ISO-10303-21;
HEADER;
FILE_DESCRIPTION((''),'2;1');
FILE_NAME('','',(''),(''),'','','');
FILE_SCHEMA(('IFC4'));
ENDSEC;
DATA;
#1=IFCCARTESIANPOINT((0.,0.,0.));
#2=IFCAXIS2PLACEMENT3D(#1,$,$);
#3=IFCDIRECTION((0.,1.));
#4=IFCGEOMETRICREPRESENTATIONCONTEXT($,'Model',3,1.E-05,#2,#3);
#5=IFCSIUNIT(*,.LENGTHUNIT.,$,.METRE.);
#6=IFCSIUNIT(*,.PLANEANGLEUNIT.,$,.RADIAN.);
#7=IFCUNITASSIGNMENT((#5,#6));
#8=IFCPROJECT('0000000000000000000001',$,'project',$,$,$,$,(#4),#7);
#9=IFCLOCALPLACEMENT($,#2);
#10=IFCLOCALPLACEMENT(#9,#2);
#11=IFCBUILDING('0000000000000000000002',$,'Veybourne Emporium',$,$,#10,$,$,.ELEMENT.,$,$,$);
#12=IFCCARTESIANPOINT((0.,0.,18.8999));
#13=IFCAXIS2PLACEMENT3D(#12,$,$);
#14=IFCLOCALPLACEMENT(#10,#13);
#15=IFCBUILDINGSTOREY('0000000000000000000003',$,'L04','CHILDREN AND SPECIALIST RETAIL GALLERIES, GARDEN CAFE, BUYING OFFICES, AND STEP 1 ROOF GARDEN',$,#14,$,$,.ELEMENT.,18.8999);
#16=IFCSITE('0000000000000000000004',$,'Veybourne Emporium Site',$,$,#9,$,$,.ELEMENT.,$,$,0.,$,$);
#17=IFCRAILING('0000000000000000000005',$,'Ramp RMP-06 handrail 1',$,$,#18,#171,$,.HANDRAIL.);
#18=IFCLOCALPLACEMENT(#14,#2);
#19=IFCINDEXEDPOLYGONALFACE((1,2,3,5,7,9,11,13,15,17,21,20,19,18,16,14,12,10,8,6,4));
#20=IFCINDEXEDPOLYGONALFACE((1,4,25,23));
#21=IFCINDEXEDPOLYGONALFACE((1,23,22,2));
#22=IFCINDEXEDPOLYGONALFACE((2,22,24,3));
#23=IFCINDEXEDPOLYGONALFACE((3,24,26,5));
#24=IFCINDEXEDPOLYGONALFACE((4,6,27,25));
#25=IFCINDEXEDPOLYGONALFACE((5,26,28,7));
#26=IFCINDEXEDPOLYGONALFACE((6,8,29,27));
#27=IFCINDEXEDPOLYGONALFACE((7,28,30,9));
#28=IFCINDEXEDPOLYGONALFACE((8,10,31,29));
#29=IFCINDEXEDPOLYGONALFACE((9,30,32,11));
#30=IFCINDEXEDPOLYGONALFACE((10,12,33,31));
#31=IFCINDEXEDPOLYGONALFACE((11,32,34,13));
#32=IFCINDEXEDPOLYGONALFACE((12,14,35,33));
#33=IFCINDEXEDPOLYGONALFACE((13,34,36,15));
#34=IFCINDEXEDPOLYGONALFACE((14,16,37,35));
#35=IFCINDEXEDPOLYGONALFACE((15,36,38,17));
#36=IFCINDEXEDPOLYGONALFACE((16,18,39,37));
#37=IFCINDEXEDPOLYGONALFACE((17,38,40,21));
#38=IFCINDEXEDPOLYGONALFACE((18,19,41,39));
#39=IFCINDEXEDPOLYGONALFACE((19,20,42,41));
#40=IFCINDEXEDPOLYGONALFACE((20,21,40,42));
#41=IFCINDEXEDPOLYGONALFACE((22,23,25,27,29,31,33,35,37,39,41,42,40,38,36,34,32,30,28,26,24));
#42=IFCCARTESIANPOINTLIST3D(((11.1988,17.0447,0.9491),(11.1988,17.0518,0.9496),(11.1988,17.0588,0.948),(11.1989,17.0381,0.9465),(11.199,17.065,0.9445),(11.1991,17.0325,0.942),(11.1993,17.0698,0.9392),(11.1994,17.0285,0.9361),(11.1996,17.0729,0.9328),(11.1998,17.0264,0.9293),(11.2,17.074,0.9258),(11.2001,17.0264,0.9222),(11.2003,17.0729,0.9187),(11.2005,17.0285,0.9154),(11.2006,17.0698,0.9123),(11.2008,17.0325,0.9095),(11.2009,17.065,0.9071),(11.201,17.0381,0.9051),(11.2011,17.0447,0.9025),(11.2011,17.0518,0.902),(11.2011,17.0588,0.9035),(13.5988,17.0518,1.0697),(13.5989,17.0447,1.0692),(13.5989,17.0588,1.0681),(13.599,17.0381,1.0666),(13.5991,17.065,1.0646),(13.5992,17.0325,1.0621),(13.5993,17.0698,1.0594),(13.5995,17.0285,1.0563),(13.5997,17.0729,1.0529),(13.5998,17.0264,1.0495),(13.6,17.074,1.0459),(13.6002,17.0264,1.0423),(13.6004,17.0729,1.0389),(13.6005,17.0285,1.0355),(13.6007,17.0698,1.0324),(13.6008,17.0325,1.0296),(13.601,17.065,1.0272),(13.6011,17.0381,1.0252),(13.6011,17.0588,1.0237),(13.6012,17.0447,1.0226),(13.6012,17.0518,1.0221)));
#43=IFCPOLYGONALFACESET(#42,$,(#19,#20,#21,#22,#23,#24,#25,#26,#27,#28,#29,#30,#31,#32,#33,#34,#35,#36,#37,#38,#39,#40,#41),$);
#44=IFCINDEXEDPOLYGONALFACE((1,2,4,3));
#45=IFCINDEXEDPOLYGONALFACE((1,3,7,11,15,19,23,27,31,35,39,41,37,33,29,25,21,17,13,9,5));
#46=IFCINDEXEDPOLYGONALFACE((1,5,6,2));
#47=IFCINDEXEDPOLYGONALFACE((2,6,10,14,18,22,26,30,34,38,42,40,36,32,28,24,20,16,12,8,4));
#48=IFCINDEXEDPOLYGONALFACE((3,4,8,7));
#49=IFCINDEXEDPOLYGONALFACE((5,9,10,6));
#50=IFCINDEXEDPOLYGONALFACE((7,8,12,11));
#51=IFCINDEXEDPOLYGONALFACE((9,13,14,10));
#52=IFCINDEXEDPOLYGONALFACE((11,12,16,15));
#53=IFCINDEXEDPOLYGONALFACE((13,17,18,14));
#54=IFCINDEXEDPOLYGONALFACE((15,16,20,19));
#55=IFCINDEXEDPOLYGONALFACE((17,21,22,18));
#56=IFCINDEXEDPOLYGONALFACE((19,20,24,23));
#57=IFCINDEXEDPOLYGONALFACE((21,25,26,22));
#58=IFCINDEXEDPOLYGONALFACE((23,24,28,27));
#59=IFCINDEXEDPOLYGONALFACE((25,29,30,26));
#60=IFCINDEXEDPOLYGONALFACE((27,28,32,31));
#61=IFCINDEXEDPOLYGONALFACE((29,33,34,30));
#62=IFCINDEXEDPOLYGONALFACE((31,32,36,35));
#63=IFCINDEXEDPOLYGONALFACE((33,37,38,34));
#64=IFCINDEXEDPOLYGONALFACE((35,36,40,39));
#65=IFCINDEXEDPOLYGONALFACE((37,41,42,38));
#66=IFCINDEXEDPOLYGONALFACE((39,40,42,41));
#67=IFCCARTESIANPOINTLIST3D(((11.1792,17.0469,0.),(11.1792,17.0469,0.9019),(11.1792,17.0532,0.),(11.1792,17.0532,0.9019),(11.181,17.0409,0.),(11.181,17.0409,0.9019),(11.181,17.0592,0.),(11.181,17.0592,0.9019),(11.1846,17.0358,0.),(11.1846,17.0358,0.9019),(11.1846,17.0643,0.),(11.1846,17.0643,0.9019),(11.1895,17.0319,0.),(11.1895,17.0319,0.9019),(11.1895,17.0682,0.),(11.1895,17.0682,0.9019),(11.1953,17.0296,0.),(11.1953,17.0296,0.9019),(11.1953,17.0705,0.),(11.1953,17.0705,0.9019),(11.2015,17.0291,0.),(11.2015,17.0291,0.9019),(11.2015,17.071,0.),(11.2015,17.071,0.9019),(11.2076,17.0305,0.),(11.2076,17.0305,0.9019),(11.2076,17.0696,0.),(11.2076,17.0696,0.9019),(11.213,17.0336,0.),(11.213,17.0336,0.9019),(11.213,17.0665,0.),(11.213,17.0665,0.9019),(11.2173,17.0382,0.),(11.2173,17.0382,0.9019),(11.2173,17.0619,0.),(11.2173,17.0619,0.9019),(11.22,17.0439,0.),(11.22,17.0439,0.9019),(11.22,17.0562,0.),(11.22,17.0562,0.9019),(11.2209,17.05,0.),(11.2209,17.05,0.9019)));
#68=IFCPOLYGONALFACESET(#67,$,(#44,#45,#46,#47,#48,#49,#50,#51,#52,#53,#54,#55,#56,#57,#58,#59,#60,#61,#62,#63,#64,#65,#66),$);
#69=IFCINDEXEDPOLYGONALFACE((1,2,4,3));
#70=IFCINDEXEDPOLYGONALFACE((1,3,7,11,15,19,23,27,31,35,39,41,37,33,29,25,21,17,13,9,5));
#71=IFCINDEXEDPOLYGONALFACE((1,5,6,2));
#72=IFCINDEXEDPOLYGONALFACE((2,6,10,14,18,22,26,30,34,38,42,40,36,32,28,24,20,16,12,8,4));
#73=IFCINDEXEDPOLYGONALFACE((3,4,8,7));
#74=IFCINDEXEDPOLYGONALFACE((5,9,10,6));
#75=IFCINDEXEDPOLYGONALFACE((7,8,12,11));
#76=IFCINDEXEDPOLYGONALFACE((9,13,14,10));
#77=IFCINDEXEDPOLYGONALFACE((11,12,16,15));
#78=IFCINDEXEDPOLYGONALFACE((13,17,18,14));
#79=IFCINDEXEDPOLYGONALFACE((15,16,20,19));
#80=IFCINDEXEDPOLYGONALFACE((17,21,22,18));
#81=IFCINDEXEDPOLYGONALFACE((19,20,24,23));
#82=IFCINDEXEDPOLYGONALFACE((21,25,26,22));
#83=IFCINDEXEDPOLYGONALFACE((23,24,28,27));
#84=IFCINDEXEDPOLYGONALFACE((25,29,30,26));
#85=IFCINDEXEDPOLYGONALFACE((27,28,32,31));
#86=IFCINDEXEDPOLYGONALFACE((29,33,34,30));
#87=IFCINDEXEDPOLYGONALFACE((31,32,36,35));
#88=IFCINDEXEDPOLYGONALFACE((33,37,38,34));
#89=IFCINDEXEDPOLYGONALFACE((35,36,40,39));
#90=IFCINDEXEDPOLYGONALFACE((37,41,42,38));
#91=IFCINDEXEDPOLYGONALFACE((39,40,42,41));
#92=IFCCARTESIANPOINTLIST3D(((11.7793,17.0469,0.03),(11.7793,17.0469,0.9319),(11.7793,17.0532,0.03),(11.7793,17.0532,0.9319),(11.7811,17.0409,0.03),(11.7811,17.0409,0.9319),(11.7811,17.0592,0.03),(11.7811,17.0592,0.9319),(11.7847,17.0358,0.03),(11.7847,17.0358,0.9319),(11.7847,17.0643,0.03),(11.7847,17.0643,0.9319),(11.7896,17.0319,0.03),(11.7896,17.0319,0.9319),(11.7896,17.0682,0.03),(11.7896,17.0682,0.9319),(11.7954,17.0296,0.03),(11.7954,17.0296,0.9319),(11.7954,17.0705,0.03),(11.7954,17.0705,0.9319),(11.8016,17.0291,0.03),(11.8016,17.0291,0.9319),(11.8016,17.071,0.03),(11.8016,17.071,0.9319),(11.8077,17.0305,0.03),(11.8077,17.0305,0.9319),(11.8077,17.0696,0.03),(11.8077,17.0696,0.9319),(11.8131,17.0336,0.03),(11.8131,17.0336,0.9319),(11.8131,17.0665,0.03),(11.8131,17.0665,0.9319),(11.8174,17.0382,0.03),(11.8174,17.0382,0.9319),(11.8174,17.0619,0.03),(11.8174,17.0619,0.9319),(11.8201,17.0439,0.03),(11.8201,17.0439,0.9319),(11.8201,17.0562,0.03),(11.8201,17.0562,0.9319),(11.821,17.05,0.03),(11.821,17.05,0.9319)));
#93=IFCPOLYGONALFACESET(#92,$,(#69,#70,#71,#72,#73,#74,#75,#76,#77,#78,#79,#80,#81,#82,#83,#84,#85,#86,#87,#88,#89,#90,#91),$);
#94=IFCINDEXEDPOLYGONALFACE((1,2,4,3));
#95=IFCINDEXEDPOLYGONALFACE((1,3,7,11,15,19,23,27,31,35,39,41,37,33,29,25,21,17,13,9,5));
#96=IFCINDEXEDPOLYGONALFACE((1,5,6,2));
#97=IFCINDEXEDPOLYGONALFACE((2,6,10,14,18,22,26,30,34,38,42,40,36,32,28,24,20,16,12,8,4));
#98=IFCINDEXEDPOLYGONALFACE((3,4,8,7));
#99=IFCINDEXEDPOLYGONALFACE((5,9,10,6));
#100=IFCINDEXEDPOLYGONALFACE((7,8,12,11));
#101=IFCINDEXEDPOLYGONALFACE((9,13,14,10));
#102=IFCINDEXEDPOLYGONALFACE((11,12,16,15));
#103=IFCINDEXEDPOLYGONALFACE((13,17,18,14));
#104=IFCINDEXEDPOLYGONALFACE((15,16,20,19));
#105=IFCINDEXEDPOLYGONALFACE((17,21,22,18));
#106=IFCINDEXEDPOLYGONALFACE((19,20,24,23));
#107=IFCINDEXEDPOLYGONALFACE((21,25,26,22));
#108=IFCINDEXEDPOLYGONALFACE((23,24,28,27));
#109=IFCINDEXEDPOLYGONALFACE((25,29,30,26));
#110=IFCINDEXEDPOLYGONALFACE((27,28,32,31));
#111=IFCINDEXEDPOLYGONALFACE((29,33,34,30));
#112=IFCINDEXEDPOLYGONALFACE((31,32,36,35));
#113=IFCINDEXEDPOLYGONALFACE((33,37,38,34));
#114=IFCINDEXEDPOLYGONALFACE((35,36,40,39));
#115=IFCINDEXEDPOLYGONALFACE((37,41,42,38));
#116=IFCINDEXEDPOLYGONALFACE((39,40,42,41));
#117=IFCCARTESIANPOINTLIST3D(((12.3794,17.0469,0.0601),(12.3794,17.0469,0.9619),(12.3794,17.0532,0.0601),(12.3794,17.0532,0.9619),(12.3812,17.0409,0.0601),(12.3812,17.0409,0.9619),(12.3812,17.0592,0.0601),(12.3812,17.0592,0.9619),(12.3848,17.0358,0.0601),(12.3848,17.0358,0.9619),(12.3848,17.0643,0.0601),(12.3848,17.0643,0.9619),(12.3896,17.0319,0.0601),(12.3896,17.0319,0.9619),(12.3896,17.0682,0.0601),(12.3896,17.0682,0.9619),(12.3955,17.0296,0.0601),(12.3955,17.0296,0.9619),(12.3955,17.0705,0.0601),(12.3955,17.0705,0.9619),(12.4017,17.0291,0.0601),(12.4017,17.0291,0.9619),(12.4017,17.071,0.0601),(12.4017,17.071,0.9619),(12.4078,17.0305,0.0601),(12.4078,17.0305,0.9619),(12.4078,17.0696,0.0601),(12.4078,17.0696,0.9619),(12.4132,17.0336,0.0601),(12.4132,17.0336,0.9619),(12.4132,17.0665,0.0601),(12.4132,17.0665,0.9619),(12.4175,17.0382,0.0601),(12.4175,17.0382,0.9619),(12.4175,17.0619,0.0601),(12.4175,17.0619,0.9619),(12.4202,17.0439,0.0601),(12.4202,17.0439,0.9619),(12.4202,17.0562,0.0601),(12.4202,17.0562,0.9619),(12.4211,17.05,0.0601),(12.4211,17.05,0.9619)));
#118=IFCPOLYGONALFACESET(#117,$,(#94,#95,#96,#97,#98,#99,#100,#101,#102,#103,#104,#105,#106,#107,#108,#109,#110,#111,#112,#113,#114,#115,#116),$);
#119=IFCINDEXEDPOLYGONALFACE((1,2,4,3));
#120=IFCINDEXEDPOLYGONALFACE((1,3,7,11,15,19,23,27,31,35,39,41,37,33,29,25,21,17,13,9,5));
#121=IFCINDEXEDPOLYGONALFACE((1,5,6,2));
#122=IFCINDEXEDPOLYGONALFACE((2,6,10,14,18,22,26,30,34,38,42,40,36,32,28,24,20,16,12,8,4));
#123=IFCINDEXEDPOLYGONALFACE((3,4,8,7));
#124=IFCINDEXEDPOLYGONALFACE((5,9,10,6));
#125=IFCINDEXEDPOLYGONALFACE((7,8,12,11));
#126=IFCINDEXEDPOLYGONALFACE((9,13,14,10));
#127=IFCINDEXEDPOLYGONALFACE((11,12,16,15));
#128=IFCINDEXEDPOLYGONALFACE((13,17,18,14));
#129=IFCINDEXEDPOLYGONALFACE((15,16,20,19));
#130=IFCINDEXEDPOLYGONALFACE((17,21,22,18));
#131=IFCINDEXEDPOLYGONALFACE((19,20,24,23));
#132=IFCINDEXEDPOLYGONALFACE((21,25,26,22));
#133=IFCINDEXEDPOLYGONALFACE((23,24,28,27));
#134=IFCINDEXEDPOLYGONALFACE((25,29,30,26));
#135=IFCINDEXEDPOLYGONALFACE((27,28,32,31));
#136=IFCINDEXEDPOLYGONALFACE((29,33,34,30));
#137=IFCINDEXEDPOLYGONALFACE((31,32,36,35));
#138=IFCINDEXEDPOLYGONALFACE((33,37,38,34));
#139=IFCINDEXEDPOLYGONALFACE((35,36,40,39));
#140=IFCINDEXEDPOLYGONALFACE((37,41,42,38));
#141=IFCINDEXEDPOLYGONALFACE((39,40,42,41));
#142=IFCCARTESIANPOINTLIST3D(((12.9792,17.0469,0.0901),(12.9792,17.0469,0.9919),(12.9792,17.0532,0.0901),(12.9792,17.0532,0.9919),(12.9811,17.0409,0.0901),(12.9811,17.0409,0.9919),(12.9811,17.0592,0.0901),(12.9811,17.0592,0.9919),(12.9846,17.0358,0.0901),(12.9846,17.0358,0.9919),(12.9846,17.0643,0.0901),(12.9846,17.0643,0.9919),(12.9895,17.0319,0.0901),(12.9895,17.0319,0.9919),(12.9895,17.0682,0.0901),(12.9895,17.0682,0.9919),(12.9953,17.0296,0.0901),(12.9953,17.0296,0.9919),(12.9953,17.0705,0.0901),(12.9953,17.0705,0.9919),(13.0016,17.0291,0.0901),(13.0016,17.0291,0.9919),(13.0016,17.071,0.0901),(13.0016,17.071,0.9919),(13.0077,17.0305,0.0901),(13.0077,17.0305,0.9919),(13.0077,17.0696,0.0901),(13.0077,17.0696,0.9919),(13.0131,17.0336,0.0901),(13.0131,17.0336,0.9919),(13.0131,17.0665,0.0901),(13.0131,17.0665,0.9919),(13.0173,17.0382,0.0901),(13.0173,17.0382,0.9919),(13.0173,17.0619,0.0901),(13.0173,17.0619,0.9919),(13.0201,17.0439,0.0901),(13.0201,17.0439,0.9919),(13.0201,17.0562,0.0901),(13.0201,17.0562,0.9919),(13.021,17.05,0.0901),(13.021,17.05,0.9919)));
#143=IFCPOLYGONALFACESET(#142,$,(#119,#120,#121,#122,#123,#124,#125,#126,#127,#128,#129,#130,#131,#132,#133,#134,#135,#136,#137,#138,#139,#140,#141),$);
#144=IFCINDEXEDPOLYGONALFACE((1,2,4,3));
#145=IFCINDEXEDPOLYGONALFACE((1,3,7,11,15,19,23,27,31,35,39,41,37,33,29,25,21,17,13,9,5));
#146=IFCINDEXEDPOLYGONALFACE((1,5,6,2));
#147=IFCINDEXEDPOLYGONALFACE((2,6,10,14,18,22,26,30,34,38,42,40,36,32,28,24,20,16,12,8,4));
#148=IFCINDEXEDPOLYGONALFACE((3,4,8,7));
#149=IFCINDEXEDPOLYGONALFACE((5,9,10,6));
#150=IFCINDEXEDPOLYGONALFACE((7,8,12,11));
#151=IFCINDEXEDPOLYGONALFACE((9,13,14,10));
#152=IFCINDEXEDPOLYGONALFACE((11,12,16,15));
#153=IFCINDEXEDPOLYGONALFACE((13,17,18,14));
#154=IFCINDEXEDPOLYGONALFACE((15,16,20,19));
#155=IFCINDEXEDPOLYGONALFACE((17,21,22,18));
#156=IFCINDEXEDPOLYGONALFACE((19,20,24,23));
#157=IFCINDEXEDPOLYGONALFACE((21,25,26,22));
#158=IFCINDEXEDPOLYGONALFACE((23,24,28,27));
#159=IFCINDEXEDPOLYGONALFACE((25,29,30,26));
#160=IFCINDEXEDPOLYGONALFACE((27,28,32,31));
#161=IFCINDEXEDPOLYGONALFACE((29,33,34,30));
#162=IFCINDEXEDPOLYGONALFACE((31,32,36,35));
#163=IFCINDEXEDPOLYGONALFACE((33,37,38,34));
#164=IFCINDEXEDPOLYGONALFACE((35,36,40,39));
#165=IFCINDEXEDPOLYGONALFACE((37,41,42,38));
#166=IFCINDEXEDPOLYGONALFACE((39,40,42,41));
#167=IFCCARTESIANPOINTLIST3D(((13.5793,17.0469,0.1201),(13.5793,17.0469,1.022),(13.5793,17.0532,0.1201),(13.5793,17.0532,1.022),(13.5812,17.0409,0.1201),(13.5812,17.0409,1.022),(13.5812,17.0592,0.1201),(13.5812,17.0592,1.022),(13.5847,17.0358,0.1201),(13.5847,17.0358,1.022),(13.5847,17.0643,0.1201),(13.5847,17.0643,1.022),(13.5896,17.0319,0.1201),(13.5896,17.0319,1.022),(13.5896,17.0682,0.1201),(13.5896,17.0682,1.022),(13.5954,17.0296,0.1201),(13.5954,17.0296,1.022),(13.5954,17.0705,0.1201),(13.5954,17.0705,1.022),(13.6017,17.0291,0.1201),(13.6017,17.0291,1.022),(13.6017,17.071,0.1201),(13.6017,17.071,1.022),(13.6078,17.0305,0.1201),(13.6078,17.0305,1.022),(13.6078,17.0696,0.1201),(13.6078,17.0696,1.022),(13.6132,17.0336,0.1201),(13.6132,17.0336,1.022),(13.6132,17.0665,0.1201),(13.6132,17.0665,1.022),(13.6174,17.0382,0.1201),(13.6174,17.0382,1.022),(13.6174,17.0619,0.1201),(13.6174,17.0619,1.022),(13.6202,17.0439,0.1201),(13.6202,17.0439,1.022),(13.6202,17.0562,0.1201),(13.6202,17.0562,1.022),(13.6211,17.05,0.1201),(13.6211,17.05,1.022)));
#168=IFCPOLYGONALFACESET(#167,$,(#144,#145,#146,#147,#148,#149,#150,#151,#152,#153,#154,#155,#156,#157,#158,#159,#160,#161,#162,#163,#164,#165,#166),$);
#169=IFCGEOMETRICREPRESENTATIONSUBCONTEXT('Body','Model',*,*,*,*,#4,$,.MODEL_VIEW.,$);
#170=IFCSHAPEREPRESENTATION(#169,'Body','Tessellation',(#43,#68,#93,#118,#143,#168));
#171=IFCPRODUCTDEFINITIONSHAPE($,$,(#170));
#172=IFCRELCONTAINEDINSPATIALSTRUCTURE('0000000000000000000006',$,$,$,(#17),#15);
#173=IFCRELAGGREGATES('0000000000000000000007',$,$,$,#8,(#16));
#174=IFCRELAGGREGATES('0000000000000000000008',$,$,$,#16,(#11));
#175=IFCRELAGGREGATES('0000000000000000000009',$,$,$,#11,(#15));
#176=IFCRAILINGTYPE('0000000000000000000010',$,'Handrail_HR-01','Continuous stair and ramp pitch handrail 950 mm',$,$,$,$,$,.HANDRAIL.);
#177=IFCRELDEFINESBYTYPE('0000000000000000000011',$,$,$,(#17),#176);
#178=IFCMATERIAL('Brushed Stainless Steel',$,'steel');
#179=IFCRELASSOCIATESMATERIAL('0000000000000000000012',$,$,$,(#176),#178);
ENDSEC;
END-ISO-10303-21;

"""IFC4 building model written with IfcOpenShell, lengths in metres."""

from ifc_helpers import new_model, si_unit, direction, frame, origin, origin_2d, place, context, subcontext, project, spatial, circle, extrude, material, type_object, element, save


model = new_model("IFC4")

# Units and contexts
model_context = context("Model", 3, precision=1e-05, world=origin(), true_north=direction((0.0, 1.0)))
body_context = subcontext(model_context, "Body", "Model", "MODEL_VIEW")
ifc_project = project(units=[si_unit("LENGTHUNIT", "METRE"), si_unit("PLANEANGLEUNIT", "RADIAN")], contexts=[model_context])

# Site, building, storey
site_placement = place(None, origin())
site = spatial("IfcSite", under=ifc_project, at=site_placement, Name="Veybourne Emporium Site", CompositionType="ELEMENT", RefElevation=0.0)
building_placement = place(site_placement, origin())
building = spatial("IfcBuilding", under=site, at=building_placement, Name="Veybourne Emporium", CompositionType="ELEMENT")
storey_placement = place(building_placement, frame((0.0, 0.0, 18.8999)))
storey = spatial("IfcBuildingStorey", under=building, at=storey_placement, Name="L04", Description="CHILDREN AND SPECIALIST RETAIL GALLERIES, GARDEN CAFE, BUYING OFFICES, AND STEP 1 ROOF GARDEN", CompositionType="ELEMENT", Elevation=18.8999)

# Railing
ifc_material_1 = material(Name="Brushed Stainless Steel", Category="steel")
railing_type_1 = type_object("IfcRailingType", Name="Handrail_HR-01", Description="Continuous stair and ramp pitch handrail 950 mm", PredefinedType="HANDRAIL", material=ifc_material_1)
for number, where, name in (
    (1, (11.2, 17.05, 0.0), "Ramp RMP-06 handrail 1"),
):
    element("IfcRailing", number, at=place(storey_placement, frame(where)), inside=storey, type_object=railing_type_1, Name=name, PredefinedType="HANDRAIL", context=body_context, shape_type="SweptSolid", body=[
        extrude(circle(Radius=0.0239, at=origin_2d()), frame((0.0, 0.0, 0.9258), z_axis=(0.99875, 0.0, 0.049983), x_axis=(0.0, 1.0, 0.0)), (0.0, 0.0, 1.0), 2.4031),
        extrude(circle(Radius=0.021, at=origin_2d()), origin(), (0.0, 0.0, 1.0), 0.9019),
        extrude(circle(Radius=0.021, at=origin_2d()), frame((0.6001, 0.0, 0.03)), (0.0, 0.0, 1.0), 0.9019),
        extrude(circle(Radius=0.021, at=origin_2d()), frame((1.2002, 0.0, 0.0601)), (0.0, 0.0, 1.0), 0.9019),
        extrude(circle(Radius=0.021, at=origin_2d()), frame((1.8, 0.0, 0.0901)), (0.0, 0.0, 1.0), 0.9019),
        extrude(circle(Radius=0.021, at=origin_2d()), frame((2.4001, 0.0, 0.1201)), (0.0, 0.0, 1.0), 0.9019),
    ])

save(model, "model.ifc")
